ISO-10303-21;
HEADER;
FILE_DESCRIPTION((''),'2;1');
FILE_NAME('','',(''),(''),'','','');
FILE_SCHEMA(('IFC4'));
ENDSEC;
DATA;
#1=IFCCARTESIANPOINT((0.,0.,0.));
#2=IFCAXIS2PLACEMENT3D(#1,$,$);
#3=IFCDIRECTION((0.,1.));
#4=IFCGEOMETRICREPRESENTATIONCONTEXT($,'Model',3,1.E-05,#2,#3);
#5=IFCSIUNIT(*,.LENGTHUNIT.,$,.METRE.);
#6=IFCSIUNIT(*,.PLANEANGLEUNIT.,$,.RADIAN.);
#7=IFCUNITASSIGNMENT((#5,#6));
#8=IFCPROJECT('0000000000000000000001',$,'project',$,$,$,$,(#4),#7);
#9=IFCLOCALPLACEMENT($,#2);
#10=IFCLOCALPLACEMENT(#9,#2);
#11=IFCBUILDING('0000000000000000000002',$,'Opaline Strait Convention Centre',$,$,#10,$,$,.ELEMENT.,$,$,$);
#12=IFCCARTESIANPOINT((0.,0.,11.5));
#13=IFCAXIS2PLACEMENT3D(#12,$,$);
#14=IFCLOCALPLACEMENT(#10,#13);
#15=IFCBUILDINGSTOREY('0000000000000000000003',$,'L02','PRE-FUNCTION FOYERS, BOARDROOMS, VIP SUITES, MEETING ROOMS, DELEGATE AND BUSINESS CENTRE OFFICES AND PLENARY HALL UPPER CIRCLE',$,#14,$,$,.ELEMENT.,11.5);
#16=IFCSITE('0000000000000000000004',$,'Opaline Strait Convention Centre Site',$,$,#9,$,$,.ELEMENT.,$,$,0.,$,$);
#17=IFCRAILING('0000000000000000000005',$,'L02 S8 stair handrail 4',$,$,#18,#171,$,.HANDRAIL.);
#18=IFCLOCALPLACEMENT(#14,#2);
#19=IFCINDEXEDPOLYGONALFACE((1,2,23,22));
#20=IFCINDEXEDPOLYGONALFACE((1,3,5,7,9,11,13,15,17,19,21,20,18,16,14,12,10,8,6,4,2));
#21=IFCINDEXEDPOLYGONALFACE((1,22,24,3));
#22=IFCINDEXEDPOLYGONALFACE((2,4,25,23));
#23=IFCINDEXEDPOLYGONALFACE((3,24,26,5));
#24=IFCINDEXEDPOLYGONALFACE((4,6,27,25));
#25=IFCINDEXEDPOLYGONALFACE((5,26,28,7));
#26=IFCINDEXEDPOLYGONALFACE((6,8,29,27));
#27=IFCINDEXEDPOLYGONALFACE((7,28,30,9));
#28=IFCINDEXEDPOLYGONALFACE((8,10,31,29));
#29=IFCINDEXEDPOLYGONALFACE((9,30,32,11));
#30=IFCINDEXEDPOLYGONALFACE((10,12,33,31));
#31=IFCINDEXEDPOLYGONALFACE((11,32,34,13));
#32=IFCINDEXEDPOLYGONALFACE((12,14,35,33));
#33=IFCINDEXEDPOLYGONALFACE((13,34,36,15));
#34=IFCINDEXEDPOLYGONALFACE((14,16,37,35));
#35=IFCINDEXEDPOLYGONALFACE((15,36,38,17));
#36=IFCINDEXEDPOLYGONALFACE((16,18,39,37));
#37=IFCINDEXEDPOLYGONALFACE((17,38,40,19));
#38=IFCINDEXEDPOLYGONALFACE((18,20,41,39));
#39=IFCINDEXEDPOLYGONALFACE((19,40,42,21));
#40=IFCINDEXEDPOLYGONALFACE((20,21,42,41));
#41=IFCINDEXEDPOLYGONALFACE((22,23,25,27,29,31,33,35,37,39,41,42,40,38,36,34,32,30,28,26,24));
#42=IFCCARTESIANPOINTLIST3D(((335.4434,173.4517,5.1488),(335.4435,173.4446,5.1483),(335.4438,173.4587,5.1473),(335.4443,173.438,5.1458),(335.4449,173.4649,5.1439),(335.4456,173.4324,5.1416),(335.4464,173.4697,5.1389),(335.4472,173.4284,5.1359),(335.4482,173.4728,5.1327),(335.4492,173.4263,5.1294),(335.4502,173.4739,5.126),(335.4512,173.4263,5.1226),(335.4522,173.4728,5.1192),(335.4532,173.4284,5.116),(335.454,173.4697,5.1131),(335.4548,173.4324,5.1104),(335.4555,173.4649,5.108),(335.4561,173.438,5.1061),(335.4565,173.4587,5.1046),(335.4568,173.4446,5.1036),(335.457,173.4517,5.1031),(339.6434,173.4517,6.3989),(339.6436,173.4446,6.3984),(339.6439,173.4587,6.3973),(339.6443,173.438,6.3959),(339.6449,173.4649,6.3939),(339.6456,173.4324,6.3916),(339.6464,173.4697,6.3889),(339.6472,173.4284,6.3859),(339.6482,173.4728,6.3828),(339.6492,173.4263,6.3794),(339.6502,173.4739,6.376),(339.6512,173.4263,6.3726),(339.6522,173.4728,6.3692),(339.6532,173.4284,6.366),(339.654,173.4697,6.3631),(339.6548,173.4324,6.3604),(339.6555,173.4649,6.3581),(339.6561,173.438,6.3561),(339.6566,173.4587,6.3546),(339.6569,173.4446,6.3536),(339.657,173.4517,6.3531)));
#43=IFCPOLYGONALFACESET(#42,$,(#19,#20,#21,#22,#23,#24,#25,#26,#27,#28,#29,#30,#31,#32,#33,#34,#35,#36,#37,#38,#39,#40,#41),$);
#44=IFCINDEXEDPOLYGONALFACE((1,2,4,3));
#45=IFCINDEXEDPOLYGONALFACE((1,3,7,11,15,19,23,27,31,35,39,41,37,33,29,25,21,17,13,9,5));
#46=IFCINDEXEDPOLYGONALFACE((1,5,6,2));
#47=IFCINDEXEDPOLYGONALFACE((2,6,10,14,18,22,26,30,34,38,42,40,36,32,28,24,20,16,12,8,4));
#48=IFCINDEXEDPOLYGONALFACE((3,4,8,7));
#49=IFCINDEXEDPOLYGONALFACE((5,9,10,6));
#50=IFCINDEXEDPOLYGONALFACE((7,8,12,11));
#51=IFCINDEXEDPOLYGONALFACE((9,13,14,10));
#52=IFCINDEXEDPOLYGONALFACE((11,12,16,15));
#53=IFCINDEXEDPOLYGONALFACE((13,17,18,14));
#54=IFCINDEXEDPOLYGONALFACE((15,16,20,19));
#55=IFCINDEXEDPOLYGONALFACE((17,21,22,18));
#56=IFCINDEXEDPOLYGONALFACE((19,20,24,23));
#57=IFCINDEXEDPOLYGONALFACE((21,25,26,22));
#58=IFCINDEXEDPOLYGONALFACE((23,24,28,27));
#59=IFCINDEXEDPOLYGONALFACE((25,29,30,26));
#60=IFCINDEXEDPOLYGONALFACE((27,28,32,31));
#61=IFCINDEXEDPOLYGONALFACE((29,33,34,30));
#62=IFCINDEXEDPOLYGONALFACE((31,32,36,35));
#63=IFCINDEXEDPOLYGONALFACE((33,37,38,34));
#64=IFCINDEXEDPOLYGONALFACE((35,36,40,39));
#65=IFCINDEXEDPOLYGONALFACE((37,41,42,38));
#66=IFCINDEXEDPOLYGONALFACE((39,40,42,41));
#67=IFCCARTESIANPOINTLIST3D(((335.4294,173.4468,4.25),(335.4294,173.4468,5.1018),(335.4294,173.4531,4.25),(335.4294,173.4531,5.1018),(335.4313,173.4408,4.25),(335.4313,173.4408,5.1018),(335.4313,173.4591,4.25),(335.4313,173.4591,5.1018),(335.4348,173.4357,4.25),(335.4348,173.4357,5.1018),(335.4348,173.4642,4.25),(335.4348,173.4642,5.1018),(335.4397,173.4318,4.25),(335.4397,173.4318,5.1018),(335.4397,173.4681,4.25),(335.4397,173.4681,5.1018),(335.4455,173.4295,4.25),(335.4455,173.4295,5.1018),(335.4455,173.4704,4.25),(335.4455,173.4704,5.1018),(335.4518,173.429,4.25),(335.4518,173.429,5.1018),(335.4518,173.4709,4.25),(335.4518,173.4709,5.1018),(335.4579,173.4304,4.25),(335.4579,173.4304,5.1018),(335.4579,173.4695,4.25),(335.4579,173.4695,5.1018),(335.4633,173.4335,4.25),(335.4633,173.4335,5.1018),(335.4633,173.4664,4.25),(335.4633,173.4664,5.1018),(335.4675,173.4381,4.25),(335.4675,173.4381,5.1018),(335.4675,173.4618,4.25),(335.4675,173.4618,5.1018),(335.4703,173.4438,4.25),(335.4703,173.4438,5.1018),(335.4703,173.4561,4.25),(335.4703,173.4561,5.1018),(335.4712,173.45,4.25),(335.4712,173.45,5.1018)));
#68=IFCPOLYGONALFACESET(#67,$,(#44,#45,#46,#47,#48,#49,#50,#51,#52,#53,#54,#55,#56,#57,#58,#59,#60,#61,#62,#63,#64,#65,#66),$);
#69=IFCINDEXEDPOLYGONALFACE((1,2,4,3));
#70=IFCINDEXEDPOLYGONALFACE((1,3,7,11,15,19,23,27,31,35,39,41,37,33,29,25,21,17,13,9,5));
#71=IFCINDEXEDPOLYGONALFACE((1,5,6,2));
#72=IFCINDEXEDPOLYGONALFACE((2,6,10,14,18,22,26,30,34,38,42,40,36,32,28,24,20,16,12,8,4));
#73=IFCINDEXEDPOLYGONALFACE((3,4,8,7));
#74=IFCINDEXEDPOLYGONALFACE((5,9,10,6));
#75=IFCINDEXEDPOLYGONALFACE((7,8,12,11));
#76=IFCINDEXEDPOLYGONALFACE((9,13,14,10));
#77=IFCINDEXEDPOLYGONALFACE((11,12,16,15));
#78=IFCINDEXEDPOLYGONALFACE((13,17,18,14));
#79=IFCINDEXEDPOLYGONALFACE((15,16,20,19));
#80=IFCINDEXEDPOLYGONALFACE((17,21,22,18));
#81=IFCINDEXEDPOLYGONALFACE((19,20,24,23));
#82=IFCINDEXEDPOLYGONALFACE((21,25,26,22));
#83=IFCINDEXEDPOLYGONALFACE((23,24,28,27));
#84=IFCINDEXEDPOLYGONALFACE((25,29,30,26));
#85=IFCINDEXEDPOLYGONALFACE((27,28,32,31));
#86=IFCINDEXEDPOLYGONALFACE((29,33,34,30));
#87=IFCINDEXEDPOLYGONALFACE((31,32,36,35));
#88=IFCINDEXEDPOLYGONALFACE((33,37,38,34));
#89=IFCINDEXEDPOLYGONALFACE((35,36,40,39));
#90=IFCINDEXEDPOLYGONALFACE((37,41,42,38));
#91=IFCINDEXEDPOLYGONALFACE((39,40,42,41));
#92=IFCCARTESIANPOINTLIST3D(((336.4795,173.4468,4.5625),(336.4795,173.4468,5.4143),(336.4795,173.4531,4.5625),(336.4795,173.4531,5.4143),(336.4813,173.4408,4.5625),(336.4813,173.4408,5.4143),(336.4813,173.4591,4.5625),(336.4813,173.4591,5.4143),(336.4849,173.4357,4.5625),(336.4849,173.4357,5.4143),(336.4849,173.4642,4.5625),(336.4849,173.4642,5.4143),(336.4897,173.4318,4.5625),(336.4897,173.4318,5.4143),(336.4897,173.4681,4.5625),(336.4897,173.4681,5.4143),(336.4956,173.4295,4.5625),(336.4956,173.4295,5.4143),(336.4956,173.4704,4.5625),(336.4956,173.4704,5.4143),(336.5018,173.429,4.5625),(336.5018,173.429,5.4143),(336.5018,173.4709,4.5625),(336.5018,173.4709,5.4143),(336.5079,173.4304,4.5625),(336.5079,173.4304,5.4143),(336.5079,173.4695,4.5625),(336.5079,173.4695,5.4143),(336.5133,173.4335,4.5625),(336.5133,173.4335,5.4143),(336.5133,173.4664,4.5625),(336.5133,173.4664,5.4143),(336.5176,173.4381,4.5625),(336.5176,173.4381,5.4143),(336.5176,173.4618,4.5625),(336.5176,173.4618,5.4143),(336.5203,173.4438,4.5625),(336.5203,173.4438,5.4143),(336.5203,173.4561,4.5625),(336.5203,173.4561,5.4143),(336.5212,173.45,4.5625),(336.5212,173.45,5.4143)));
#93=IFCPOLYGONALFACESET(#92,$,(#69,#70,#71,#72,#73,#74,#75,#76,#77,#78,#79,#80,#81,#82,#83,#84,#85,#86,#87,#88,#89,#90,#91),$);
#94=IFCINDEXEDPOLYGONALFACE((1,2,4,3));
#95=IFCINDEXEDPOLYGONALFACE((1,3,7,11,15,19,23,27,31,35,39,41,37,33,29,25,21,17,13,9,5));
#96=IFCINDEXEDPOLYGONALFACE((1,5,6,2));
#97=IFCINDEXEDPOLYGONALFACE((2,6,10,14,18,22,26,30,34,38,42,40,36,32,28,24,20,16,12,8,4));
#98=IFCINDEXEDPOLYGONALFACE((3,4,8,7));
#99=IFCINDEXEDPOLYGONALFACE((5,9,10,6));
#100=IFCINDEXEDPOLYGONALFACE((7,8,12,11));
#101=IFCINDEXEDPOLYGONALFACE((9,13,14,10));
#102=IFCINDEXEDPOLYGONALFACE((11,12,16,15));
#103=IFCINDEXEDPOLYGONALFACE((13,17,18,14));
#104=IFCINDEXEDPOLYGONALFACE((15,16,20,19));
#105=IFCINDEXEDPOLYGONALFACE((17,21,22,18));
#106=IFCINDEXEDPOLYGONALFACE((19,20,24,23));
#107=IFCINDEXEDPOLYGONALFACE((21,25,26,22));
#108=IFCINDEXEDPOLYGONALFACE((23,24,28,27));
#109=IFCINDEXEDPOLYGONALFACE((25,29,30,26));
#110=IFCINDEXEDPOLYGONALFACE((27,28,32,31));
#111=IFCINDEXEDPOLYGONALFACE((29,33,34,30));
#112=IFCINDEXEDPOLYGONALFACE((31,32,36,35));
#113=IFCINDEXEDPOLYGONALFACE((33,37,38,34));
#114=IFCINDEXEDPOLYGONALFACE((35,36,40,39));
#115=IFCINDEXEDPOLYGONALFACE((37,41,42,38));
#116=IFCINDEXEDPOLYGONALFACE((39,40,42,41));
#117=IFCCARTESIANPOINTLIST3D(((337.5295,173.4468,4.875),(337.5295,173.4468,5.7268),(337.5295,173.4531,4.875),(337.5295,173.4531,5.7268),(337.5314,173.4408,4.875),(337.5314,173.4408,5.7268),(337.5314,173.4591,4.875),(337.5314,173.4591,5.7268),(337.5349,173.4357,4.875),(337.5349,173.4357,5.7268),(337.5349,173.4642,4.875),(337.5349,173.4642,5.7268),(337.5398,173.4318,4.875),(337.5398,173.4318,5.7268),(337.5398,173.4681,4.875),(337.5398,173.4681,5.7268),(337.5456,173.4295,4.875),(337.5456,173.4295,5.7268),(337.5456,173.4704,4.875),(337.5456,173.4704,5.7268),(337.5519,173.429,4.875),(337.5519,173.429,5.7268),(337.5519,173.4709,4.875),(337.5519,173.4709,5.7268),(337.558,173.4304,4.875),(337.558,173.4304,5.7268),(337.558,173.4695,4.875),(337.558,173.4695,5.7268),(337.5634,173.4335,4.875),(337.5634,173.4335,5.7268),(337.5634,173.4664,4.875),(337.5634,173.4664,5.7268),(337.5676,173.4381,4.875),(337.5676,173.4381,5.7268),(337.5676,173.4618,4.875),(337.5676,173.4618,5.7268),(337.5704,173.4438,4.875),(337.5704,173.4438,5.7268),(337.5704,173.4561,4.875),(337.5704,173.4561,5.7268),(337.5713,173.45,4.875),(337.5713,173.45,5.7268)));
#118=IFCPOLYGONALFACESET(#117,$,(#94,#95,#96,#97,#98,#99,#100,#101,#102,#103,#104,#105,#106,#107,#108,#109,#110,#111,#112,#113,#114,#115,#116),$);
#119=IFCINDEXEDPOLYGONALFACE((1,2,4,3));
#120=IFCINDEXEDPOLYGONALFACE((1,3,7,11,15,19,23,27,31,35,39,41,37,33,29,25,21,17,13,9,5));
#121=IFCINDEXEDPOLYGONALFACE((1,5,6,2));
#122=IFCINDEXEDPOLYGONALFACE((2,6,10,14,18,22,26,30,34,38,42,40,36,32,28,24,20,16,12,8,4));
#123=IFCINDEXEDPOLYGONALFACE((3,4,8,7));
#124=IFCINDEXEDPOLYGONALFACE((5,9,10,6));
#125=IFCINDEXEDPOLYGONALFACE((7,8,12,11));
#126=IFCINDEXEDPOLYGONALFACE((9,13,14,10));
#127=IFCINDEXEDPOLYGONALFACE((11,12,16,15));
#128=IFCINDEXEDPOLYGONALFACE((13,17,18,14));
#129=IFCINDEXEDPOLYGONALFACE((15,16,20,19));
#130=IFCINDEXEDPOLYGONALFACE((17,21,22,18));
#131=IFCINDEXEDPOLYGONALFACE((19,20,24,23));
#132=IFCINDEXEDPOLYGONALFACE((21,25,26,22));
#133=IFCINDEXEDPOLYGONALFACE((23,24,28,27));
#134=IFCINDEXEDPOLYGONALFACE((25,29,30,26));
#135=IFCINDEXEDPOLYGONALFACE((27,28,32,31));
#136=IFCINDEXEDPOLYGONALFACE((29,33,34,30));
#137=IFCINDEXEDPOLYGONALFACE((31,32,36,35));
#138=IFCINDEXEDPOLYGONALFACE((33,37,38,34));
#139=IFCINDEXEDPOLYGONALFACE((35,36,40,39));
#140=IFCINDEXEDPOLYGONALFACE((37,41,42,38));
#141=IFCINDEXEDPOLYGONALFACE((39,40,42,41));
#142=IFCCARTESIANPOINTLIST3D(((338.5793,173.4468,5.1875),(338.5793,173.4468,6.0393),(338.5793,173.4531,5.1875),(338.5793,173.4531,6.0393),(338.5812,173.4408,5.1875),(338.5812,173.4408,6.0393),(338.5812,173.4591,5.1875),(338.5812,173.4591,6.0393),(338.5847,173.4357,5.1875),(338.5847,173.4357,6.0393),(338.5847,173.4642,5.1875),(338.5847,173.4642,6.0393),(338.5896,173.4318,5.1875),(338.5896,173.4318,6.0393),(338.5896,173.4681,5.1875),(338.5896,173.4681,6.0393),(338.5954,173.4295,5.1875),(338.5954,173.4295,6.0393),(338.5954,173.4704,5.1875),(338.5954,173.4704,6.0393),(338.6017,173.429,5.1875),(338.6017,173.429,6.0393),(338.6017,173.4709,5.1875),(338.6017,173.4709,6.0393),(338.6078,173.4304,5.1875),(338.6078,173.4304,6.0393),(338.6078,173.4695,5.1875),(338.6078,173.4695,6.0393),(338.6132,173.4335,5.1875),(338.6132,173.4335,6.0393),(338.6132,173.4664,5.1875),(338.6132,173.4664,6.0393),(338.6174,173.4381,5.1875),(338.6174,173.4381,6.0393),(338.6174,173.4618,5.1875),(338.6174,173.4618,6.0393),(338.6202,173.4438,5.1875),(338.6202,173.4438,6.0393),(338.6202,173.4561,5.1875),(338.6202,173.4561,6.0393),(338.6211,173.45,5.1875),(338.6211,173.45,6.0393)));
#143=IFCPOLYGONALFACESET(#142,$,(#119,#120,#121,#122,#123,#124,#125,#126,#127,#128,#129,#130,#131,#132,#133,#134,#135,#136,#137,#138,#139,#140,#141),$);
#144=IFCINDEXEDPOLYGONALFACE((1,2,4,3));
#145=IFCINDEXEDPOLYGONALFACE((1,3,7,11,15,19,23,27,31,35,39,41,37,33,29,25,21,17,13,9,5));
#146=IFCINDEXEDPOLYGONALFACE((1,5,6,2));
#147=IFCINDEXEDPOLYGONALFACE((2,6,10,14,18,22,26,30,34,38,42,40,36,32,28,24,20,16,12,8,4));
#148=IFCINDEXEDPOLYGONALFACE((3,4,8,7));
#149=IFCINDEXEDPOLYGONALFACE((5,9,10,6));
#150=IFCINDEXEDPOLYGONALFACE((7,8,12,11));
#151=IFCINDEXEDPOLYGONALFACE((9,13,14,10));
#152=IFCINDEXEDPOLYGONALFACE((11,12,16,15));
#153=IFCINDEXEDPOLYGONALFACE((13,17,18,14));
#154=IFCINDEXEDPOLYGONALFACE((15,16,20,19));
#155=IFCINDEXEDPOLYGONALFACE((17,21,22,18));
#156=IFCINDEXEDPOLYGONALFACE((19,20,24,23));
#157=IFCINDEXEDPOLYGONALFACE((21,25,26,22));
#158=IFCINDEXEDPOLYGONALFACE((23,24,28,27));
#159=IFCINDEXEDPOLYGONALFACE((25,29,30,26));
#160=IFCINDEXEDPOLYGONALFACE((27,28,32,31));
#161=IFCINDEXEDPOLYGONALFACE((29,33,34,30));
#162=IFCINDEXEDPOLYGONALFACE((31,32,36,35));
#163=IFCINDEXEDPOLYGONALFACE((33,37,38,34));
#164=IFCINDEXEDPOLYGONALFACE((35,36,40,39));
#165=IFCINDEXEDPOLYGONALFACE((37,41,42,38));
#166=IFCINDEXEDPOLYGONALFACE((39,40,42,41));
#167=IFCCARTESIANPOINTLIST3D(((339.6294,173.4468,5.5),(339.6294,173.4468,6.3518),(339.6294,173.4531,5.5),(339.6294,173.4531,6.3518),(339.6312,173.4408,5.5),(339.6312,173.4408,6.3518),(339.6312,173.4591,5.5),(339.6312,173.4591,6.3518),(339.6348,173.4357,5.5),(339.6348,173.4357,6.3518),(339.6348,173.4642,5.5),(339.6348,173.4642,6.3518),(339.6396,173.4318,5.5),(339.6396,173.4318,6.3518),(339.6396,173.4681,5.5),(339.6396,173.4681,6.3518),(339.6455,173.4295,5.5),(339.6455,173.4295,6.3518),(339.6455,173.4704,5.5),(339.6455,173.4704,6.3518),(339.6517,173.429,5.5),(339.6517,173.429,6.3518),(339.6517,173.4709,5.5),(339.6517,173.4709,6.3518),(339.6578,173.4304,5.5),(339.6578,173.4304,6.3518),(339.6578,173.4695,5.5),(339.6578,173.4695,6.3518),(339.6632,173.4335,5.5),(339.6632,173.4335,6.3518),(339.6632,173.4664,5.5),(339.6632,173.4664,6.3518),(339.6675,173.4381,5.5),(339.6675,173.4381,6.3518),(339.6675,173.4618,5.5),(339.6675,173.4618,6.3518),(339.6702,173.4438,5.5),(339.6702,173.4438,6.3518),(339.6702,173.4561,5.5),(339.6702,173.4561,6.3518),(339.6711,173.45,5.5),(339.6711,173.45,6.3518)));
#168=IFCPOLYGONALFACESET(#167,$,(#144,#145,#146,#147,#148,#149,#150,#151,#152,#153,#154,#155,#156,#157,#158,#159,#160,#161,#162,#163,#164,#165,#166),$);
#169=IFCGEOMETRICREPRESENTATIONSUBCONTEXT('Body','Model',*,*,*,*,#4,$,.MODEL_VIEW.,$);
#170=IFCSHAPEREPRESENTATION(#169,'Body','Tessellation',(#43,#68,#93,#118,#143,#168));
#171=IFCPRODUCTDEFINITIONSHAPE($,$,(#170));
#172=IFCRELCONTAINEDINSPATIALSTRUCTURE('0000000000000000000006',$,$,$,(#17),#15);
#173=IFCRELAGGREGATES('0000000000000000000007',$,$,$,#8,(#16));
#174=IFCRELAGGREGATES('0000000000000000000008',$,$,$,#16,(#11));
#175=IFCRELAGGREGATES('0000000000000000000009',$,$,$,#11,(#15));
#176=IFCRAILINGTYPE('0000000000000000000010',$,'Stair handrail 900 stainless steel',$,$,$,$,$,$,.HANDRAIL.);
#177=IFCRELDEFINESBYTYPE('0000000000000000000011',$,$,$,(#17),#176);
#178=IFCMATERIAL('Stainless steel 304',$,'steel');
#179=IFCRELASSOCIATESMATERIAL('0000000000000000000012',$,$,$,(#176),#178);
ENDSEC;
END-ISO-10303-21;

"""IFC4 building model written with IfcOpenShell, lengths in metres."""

from ifc_helpers import new_model, si_unit, direction, frame, origin, origin_2d, place, context, subcontext, project, spatial, circle, extrude, material, type_object, element, save


model = new_model("IFC4")

# Units and contexts
model_context = context("Model", 3, precision=1e-05, world=origin(), true_north=direction((0.0, 1.0)))
body_context = subcontext(model_context, "Body", "Model", "MODEL_VIEW")
ifc_project = project(units=[si_unit("LENGTHUNIT", "METRE"), si_unit("PLANEANGLEUNIT", "RADIAN")], contexts=[model_context])

# Site, building, storey
site_placement = place(None, origin())
site = spatial("IfcSite", under=ifc_project, at=site_placement, Name="Opaline Strait Convention Centre Site", CompositionType="ELEMENT", RefElevation=0.0)
building_placement = place(site_placement, origin())
building = spatial("IfcBuilding", under=site, at=building_placement, Name="Opaline Strait Convention Centre", CompositionType="ELEMENT")
storey_placement = place(building_placement, frame((0.0, 0.0, 11.5)))
storey = spatial("IfcBuildingStorey", under=building, at=storey_placement, Name="L02", Description="PRE-FUNCTION FOYERS, BOARDROOMS, VIP SUITES, MEETING ROOMS, DELEGATE AND BUSINESS CENTRE OFFICES AND PLENARY HALL UPPER CIRCLE", CompositionType="ELEMENT", Elevation=11.5)

# Railing
ifc_material_1 = material(Name="Stainless steel 304", Category="steel")
railing_type_1 = type_object("IfcRailingType", Name="Stair handrail 900 stainless steel", PredefinedType="HANDRAIL", material=ifc_material_1)
for number, where, name in (
    (1, (335.4502, 173.45, 4.25), "L02 S8 stair handrail 4"),
):
    element("IfcRailing", number, at=place(storey_placement, frame(where)), inside=storey, type_object=railing_type_1, Name=name, PredefinedType="HANDRAIL", context=body_context, shape_type="SweptSolid", body=[
        extrude(circle(Radius=0.0239, at=origin_2d()), frame((0.0, 0.0, 0.876), z_axis=(0.958451, 0.0, 0.285257), x_axis=(0.0, 1.0, 0.0)), (0.0, 0.0, 1.0), 4.3821),
        extrude(circle(Radius=0.021, at=origin_2d()), origin(), (0.0, 0.0, 1.0), 0.8518),
        extrude(circle(Radius=0.021, at=origin_2d()), frame((1.05, 0.0, 0.3125)), (0.0, 0.0, 1.0), 0.8518),
        extrude(circle(Radius=0.021, at=origin_2d()), frame((2.1001, 0.0, 0.625)), (0.0, 0.0, 1.0), 0.8518),
        extrude(circle(Radius=0.021, at=origin_2d()), frame((3.1499, 0.0, 0.9375)), (0.0, 0.0, 1.0), 0.8518),
        extrude(circle(Radius=0.021, at=origin_2d()), frame((4.2, 0.0, 1.25)), (0.0, 0.0, 1.0), 0.8518),
    ])

save(model, "model.ifc")
